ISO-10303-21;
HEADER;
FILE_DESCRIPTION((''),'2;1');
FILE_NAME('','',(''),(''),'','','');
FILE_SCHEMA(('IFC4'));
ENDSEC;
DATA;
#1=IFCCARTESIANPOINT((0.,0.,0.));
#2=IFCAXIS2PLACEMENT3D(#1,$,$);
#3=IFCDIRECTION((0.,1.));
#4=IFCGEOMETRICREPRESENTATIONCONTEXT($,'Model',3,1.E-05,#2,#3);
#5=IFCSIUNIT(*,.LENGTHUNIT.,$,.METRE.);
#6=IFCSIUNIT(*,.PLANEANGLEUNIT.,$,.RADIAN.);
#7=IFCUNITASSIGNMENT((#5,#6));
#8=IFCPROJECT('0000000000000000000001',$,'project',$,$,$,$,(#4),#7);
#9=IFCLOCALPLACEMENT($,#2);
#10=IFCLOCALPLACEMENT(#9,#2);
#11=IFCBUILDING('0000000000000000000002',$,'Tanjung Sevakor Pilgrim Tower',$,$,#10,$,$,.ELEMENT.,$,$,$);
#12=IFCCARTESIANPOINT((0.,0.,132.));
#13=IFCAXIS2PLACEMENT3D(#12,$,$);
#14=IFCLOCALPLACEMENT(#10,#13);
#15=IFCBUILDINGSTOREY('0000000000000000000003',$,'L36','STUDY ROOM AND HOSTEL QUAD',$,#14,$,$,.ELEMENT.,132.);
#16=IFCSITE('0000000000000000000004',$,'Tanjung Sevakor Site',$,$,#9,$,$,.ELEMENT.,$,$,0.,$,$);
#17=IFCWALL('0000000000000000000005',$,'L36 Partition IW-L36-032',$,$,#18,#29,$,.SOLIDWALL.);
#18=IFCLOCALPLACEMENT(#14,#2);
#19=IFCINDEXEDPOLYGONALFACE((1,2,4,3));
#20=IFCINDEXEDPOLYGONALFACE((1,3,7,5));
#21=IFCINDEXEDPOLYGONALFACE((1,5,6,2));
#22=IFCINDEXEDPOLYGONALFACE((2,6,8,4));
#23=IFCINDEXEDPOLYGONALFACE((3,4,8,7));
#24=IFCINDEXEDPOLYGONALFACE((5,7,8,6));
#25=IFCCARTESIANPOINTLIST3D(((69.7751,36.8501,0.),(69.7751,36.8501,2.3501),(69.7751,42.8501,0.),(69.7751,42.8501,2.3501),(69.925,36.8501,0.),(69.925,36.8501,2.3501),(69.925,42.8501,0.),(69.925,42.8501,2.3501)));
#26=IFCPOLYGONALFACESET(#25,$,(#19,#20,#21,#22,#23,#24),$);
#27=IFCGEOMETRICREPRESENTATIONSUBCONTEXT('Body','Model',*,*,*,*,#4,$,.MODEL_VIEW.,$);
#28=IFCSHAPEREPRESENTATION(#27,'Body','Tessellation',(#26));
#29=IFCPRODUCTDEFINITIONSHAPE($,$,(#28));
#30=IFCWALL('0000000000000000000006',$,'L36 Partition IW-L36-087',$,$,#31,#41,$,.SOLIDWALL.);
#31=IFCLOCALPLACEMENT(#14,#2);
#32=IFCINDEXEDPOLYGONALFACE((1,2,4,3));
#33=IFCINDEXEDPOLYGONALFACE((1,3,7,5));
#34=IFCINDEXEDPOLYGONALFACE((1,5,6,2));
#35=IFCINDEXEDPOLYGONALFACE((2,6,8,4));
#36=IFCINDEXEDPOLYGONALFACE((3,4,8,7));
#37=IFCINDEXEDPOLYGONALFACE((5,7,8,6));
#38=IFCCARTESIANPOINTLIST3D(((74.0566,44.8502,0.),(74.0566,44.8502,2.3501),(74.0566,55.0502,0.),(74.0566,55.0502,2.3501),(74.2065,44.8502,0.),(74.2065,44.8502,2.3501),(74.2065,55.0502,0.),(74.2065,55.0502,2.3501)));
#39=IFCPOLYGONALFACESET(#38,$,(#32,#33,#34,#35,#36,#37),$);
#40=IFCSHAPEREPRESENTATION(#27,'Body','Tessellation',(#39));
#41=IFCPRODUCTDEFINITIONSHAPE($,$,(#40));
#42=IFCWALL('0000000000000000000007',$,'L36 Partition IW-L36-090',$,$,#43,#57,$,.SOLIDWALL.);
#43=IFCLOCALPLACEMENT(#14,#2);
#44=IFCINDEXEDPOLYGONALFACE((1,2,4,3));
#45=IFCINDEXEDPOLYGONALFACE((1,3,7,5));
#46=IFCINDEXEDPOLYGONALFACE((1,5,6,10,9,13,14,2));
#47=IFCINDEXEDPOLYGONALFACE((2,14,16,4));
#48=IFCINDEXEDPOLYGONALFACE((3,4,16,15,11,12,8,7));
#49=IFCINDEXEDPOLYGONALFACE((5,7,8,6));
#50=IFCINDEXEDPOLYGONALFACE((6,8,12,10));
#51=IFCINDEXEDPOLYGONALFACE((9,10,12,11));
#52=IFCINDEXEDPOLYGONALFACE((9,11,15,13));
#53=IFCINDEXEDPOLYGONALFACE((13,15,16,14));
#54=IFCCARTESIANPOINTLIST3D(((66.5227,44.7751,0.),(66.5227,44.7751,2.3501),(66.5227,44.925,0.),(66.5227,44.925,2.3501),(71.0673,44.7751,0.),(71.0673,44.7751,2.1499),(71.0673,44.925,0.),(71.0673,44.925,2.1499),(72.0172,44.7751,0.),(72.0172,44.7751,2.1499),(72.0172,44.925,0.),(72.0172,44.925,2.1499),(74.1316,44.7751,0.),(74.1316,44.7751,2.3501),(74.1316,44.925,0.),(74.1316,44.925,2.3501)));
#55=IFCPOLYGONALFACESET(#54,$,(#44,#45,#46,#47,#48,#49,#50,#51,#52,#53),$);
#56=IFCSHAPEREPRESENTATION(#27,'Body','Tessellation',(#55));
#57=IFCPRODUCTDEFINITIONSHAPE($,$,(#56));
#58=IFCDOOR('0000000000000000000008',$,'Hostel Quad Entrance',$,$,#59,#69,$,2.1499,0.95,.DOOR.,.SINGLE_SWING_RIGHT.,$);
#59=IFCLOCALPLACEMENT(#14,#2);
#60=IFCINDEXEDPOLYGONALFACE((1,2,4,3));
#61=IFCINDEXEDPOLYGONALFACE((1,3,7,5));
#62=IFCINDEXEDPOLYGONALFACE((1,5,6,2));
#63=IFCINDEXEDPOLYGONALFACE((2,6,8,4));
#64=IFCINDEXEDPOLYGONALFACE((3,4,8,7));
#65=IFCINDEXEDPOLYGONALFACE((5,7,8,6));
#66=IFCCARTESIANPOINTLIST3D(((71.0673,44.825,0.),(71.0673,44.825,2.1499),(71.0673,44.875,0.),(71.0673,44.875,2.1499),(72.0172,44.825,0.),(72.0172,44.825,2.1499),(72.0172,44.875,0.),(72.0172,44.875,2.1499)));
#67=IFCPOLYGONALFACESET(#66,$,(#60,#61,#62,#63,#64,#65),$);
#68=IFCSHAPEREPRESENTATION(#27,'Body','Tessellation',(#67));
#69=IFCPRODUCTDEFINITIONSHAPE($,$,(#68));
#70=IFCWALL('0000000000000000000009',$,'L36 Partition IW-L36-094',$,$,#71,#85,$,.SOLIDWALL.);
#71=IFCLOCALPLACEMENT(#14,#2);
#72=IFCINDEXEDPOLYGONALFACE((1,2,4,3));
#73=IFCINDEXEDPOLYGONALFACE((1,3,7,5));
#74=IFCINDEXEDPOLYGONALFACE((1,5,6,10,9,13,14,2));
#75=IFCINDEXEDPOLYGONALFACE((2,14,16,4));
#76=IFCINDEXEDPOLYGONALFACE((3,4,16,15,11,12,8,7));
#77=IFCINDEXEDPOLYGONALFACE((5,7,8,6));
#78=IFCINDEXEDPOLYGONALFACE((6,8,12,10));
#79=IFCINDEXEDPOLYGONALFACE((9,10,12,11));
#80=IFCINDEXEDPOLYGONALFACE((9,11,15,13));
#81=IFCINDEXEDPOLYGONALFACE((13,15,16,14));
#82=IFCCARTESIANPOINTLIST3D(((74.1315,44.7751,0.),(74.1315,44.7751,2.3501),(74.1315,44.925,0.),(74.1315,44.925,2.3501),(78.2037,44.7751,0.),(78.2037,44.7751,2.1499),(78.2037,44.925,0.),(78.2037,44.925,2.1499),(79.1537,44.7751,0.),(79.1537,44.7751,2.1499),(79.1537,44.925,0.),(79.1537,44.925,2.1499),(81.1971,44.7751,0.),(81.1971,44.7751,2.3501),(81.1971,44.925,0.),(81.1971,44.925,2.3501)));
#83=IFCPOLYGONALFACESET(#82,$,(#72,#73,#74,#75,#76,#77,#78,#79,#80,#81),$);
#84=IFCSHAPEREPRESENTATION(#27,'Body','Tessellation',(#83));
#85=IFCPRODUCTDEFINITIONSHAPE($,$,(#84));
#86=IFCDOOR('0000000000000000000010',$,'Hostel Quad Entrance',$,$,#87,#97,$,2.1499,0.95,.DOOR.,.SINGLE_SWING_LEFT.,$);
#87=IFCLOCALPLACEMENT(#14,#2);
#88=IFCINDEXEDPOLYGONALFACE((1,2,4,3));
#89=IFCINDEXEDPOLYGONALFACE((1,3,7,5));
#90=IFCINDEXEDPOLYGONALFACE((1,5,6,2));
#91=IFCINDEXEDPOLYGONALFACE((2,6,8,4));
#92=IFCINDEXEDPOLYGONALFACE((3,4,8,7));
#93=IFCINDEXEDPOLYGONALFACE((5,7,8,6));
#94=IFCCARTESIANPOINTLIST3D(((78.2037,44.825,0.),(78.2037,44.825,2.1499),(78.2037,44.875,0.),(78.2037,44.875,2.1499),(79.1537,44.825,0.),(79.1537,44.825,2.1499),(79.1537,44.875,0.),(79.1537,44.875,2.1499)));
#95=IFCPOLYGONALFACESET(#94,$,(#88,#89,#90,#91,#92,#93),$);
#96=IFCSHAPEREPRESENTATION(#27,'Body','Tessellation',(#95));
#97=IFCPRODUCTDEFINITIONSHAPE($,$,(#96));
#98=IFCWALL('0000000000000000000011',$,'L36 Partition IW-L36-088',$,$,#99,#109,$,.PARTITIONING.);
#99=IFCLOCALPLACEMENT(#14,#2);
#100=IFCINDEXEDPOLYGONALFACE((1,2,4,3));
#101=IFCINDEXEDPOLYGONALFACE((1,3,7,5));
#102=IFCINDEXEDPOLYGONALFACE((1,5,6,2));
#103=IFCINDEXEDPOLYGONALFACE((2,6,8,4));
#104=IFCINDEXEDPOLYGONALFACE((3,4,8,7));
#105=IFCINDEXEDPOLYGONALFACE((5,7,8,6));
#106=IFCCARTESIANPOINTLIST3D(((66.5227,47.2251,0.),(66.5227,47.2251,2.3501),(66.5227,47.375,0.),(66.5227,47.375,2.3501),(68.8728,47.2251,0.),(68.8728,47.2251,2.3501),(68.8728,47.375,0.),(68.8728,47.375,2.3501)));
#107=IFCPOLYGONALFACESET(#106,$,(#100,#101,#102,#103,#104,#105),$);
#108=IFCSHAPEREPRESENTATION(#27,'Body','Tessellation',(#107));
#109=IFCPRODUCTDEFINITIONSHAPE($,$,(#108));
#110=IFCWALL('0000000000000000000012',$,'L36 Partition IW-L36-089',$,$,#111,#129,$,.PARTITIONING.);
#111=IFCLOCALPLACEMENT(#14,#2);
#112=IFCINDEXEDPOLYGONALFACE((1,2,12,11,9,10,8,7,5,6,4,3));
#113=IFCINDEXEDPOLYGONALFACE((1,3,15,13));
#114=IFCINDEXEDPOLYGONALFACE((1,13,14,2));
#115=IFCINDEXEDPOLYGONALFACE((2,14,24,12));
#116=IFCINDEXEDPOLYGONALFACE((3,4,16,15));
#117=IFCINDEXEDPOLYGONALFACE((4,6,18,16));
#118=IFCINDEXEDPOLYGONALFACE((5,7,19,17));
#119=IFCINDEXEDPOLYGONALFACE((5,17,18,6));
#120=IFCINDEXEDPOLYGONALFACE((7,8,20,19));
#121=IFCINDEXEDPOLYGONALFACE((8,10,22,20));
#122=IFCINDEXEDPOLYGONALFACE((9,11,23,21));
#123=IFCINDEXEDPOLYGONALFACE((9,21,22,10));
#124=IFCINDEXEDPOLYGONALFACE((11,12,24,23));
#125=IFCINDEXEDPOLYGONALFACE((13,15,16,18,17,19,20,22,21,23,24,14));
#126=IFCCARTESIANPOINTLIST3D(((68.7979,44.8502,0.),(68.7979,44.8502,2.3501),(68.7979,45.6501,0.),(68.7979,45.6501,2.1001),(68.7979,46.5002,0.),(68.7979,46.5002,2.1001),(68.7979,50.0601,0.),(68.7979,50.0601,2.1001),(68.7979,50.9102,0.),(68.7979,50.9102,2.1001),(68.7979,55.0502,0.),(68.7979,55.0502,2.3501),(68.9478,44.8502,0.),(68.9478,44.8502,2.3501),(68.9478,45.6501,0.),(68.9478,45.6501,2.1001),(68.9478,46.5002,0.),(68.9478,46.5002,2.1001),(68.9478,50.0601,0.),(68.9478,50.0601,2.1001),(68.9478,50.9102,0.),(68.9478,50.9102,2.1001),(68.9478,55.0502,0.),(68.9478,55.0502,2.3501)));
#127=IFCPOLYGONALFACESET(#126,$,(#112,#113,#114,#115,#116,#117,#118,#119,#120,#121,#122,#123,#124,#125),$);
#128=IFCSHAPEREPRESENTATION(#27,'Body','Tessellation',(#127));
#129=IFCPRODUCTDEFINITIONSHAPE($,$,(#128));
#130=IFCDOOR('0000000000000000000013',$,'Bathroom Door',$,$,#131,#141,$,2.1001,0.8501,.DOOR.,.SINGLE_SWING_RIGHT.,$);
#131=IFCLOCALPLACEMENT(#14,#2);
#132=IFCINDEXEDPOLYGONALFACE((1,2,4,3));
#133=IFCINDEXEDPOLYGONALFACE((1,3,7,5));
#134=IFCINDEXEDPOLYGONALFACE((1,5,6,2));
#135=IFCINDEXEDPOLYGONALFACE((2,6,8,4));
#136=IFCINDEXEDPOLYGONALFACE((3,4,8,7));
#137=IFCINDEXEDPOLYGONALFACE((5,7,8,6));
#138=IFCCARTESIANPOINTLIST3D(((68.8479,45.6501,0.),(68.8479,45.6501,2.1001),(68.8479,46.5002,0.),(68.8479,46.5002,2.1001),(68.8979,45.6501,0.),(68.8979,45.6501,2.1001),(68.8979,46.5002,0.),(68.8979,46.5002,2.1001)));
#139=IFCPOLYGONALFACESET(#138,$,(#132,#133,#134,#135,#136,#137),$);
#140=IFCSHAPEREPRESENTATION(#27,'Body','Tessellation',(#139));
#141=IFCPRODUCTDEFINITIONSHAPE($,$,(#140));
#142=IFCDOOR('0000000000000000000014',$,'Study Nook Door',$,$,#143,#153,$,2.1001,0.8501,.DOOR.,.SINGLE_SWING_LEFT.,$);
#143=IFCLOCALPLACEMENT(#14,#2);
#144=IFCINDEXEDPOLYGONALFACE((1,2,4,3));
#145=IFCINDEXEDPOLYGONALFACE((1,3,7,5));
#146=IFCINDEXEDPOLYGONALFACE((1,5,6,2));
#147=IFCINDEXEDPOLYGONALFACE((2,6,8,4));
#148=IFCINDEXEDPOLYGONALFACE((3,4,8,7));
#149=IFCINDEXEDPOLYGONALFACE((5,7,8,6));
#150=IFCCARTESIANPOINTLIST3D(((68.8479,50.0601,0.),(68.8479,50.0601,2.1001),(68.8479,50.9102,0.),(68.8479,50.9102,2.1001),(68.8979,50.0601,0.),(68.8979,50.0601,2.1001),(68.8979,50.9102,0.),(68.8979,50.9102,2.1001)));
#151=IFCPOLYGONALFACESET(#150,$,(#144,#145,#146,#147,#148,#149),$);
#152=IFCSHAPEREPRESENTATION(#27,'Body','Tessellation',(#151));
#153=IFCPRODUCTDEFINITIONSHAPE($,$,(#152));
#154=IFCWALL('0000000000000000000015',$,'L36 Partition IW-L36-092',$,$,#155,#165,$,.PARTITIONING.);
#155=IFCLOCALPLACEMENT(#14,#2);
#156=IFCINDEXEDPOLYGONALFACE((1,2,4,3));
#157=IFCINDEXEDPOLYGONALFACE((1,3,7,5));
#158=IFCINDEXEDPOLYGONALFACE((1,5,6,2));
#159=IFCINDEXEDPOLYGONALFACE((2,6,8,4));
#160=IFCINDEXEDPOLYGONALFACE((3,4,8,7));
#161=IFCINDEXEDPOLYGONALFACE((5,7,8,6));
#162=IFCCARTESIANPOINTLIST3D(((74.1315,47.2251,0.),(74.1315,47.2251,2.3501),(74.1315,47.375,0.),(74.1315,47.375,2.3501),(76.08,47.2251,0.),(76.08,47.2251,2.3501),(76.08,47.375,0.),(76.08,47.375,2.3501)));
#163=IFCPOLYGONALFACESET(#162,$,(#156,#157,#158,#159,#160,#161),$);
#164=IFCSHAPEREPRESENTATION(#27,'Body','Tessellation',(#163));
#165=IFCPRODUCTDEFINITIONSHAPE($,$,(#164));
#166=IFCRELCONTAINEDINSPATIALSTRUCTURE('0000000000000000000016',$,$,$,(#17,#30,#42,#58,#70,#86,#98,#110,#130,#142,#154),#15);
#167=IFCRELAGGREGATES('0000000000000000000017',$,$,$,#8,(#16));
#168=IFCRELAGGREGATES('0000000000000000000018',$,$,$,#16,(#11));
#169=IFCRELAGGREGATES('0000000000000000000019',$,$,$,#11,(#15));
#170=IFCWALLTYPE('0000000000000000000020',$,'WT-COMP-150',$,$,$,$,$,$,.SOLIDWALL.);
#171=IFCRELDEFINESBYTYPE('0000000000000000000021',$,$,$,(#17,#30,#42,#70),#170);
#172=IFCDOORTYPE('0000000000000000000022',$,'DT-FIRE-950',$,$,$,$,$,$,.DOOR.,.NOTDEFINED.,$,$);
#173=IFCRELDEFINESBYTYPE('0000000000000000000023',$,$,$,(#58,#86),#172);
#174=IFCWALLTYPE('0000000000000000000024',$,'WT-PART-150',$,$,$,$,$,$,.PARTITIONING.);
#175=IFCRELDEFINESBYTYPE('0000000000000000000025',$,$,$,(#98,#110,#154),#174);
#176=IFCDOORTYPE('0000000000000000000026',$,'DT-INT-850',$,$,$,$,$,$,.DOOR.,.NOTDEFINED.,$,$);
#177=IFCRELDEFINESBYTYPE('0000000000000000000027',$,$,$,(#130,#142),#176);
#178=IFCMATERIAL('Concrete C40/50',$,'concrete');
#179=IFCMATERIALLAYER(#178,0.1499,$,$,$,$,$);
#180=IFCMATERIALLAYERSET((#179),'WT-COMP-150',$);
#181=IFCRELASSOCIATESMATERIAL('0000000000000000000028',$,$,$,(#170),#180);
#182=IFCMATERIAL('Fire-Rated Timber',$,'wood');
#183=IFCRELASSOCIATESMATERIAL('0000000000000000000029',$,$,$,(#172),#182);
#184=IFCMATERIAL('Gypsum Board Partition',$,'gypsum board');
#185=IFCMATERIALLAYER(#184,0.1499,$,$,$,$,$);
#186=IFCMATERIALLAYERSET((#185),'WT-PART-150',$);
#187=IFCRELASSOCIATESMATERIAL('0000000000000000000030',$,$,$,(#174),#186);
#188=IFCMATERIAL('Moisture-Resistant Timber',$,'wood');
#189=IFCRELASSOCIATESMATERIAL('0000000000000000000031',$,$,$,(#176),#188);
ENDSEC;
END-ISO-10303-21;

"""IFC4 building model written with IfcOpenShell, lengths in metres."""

from ifc_helpers import new_model, si_unit, direction, frame, frame_2d, origin, place, context, subcontext, project, spatial, rectangle, extrude, material, layer, layer_set, type_object, element, fill, save


model = new_model("IFC4")

# Units and contexts
model_context = context("Model", 3, precision=1e-05, world=origin(), true_north=direction((0.0, 1.0)))
body_context = subcontext(model_context, "Body", "Model", "MODEL_VIEW")
ifc_project = project(units=[si_unit("LENGTHUNIT", "METRE"), si_unit("PLANEANGLEUNIT", "RADIAN")], contexts=[model_context])

# Site, building, storey
site_placement = place(None, origin())
site = spatial("IfcSite", under=ifc_project, at=site_placement, Name="Tanjung Sevakor Site", CompositionType="ELEMENT", RefElevation=0.0)
building_placement = place(site_placement, origin())
building = spatial("IfcBuilding", under=site, at=building_placement, Name="Tanjung Sevakor Pilgrim Tower", CompositionType="ELEMENT")
storey_placement = place(building_placement, frame((0.0, 0.0, 132.0)))
storey = spatial("IfcBuildingStorey", under=building, at=storey_placement, Name="L36", Description="STUDY ROOM AND HOSTEL QUAD", CompositionType="ELEMENT", Elevation=132.0)

# Shared definitions
ifc_material_1 = material(Name="Concrete C40/50", Category="concrete")
ifc_layer_1 = layer(ifc_material_1, 0.1499)
ifc_layer_set_1 = layer_set([ifc_layer_1], Name="WT-COMP-150")
wall_type_1 = type_object("IfcWallType", Name="WT-COMP-150", PredefinedType="SOLIDWALL", material=ifc_layer_set_1)

# Walls
wall_1_placement = place(storey_placement, frame((69.8501, 36.8501, 0.0), z_axis=(0.0, 0.0, 1.0), x_axis=(0.0, 1.0, 0.0)))
element("IfcWall", 1, at=wall_1_placement, inside=storey, type_object=wall_type_1, Name="L36 Partition IW-L36-032", PredefinedType="SOLIDWALL", context=body_context, shape_type="SweptSolid", body=[
    extrude(rectangle(XDim=6.0, YDim=0.1499, at=frame_2d((3.0, 0.0))), origin(), (0.0, 0.0, 1.0), 2.3501),
])
wall_2_placement = place(storey_placement, frame((74.1316, 44.8501, 0.0), z_axis=(0.0, 0.0, 1.0), x_axis=(0.0, 1.0, 0.0)))
element("IfcWall", 2, at=wall_2_placement, inside=storey, type_object=wall_type_1, Name="L36 Partition IW-L36-087", PredefinedType="SOLIDWALL", context=body_context, shape_type="SweptSolid", body=[
    extrude(rectangle(XDim=10.2, YDim=0.1499, at=frame_2d((5.1001, 0.0))), origin(), (0.0, 0.0, 1.0), 2.3501),
])

# Walls, openings, doors
wall_3_placement = place(storey_placement, frame((66.5227, 44.8501, 0.0), z_axis=(0.0, 0.0, 1.0), x_axis=(1.0, 0.0, 0.0)))
wall_3 = element("IfcWall", 3, at=wall_3_placement, inside=storey, type_object=wall_type_1, Name="L36 Partition IW-L36-090", PredefinedType="SOLIDWALL", context=body_context, shape_type="SweptSolid", body=[
    extrude(rectangle(XDim=7.6089, YDim=0.1499, at=frame_2d((3.8044, 0.0))), origin(), (0.0, 0.0, 1.0), 2.3501),
])
opening_1_placement = place(wall_3_placement, frame((4.5444, 0.0, 0.0)))
opening_1 = element("IfcOpeningElement", 4, at=opening_1_placement, cuts=wall_3, PredefinedType="OPENING", context=body_context, shape_type="SweptSolid", body=[
    extrude(rectangle(XDim=0.95, YDim=2.1499, at=frame_2d((0.4751, 1.075))), frame((0.0, 0.085, 0.0), z_axis=(0.0, -1.0, 0.0), x_axis=(1.0, 0.0, 0.0)), (0.0, 0.0, 1.0), 0.1699),
])
ifc_material_2 = material(Name="Fire-Rated Timber", Category="wood")
door_type_1 = type_object("IfcDoorType", Name="DT-FIRE-950", OperationType="NOTDEFINED", PredefinedType="DOOR", material=ifc_material_2)
door_1_placement = place(opening_1_placement, origin())
door_1 = element("IfcDoor", 5, at=door_1_placement, inside=storey, type_object=door_type_1, Name="Hostel Quad Entrance", OperationType="SINGLE_SWING_RIGHT", OverallHeight=2.1499, OverallWidth=0.95, PredefinedType="DOOR", context=body_context, shape_type="SweptSolid", body=[
    extrude(rectangle(XDim=0.95, YDim=2.1499, at=frame_2d((0.4751, 1.075))), frame((0.0, 0.0249, 0.0), z_axis=(0.0, -1.0, 0.0), x_axis=(1.0, 0.0, 0.0)), (0.0, 0.0, 1.0), 0.05),
])
fill(opening_1, door_1)
wall_4_placement = place(storey_placement, frame((74.1316, 44.8501, 0.0), z_axis=(0.0, 0.0, 1.0), x_axis=(1.0, 0.0, 0.0)))
wall_4 = element("IfcWall", 6, at=wall_4_placement, inside=storey, type_object=wall_type_1, Name="L36 Partition IW-L36-094", PredefinedType="SOLIDWALL", context=body_context, shape_type="SweptSolid", body=[
    extrude(rectangle(XDim=7.0657, YDim=0.1499, at=frame_2d((3.5327, 0.0))), origin(), (0.0, 0.0, 1.0), 2.3501),
])
opening_2_placement = place(wall_4_placement, frame((4.072, 0.0, 0.0)))
opening_2 = element("IfcOpeningElement", 7, at=opening_2_placement, cuts=wall_4, PredefinedType="OPENING", context=body_context, shape_type="SweptSolid", body=[
    extrude(rectangle(XDim=0.95, YDim=2.1499, at=frame_2d((0.4751, 1.075))), frame((0.0, 0.085, 0.0), z_axis=(0.0, -1.0, 0.0), x_axis=(1.0, 0.0, 0.0)), (0.0, 0.0, 1.0), 0.1699),
])
door_2_placement = place(opening_2_placement, origin())
door_2 = element("IfcDoor", 8, at=door_2_placement, inside=storey, type_object=door_type_1, Name="Hostel Quad Entrance", OperationType="SINGLE_SWING_LEFT", OverallHeight=2.1499, OverallWidth=0.95, PredefinedType="DOOR", context=body_context, shape_type="SweptSolid", body=[
    extrude(rectangle(XDim=0.95, YDim=2.1499, at=frame_2d((0.4751, 1.075))), frame((0.0, 0.0249, 0.0), z_axis=(0.0, -1.0, 0.0), x_axis=(1.0, 0.0, 0.0)), (0.0, 0.0, 1.0), 0.05),
])
fill(opening_2, door_2)

# Wall
ifc_material_3 = material(Name="Gypsum Board Partition", Category="gypsum board")
ifc_layer_2 = layer(ifc_material_3, 0.1499)
ifc_layer_set_2 = layer_set([ifc_layer_2], Name="WT-PART-150")
wall_type_2 = type_object("IfcWallType", Name="WT-PART-150", PredefinedType="PARTITIONING", material=ifc_layer_set_2)
wall_5_placement = place(storey_placement, frame((66.5227, 47.3, 0.0), z_axis=(0.0, 0.0, 1.0), x_axis=(1.0, 0.0, 0.0)))
element("IfcWall", 9, at=wall_5_placement, inside=storey, type_object=wall_type_2, Name="L36 Partition IW-L36-088", PredefinedType="PARTITIONING", context=body_context, shape_type="SweptSolid", body=[
    extrude(rectangle(XDim=2.3501, YDim=0.1499, at=frame_2d((1.175, 0.0))), origin(), (0.0, 0.0, 1.0), 2.3501),
])

# Wall, openings, doors
wall_6_placement = place(storey_placement, frame((68.8728, 44.8501, 0.0), z_axis=(0.0, 0.0, 1.0), x_axis=(0.0, 1.0, 0.0)))
wall_6 = element("IfcWall", 10, at=wall_6_placement, inside=storey, type_object=wall_type_2, Name="L36 Partition IW-L36-089", PredefinedType="PARTITIONING", context=body_context, shape_type="SweptSolid", body=[
    extrude(rectangle(XDim=10.2, YDim=0.1499, at=frame_2d((5.1001, 0.0))), origin(), (0.0, 0.0, 1.0), 2.3501),
])
opening_3_placement = place(wall_6_placement, frame((0.8, 0.0, 0.0)))
opening_3 = element("IfcOpeningElement", 11, at=opening_3_placement, cuts=wall_6, PredefinedType="OPENING", context=body_context, shape_type="SweptSolid", body=[
    extrude(rectangle(XDim=0.8501, YDim=2.1001, at=frame_2d((0.425, 1.05))), frame((0.0, 0.085, 0.0), z_axis=(0.0, -1.0, 0.0), x_axis=(1.0, 0.0, 0.0)), (0.0, 0.0, 1.0), 0.1699),
])
opening_4_placement = place(wall_6_placement, frame((5.21, 0.0, 0.0)))
opening_4 = element("IfcOpeningElement", 12, at=opening_4_placement, cuts=wall_6, PredefinedType="OPENING", context=body_context, shape_type="SweptSolid", body=[
    extrude(rectangle(XDim=0.8501, YDim=2.1001, at=frame_2d((0.425, 1.05))), frame((0.0, 0.085, 0.0), z_axis=(0.0, -1.0, 0.0), x_axis=(1.0, 0.0, 0.0)), (0.0, 0.0, 1.0), 0.1699),
])
ifc_material_4 = material(Name="Moisture-Resistant Timber", Category="wood")
door_type_2 = type_object("IfcDoorType", Name="DT-INT-850", OperationType="NOTDEFINED", PredefinedType="DOOR", material=ifc_material_4)
door_3_placement = place(opening_3_placement, origin())
door_3 = element("IfcDoor", 13, at=door_3_placement, inside=storey, type_object=door_type_2, Name="Bathroom Door", OperationType="SINGLE_SWING_RIGHT", OverallHeight=2.1001, OverallWidth=0.8501, PredefinedType="DOOR", context=body_context, shape_type="SweptSolid", body=[
    extrude(rectangle(XDim=0.8501, YDim=2.1001, at=frame_2d((0.425, 1.05))), frame((0.0, 0.0249, 0.0), z_axis=(0.0, -1.0, 0.0), x_axis=(1.0, 0.0, 0.0)), (0.0, 0.0, 1.0), 0.05),
])
fill(opening_3, door_3)
door_4_placement = place(opening_4_placement, origin())
door_4 = element("IfcDoor", 14, at=door_4_placement, inside=storey, type_object=door_type_2, Name="Study Nook Door", OperationType="SINGLE_SWING_LEFT", OverallHeight=2.1001, OverallWidth=0.8501, PredefinedType="DOOR", context=body_context, shape_type="SweptSolid", body=[
    extrude(rectangle(XDim=0.8501, YDim=2.1001, at=frame_2d((0.425, 1.05))), frame((0.0, 0.0249, 0.0), z_axis=(0.0, -1.0, 0.0), x_axis=(1.0, 0.0, 0.0)), (0.0, 0.0, 1.0), 0.05),
])
fill(opening_4, door_4)

# Wall
wall_7_placement = place(storey_placement, frame((74.1316, 47.3, 0.0), z_axis=(0.0, 0.0, 1.0), x_axis=(1.0, 0.0, 0.0)))
element("IfcWall", 15, at=wall_7_placement, inside=storey, type_object=wall_type_2, Name="L36 Partition IW-L36-092", PredefinedType="PARTITIONING", context=body_context, shape_type="SweptSolid", body=[
    extrude(rectangle(XDim=1.9485, YDim=0.1499, at=frame_2d((0.9741, 0.0))), origin(), (0.0, 0.0, 1.0), 2.3501),
])

save(model, "model.ifc")
